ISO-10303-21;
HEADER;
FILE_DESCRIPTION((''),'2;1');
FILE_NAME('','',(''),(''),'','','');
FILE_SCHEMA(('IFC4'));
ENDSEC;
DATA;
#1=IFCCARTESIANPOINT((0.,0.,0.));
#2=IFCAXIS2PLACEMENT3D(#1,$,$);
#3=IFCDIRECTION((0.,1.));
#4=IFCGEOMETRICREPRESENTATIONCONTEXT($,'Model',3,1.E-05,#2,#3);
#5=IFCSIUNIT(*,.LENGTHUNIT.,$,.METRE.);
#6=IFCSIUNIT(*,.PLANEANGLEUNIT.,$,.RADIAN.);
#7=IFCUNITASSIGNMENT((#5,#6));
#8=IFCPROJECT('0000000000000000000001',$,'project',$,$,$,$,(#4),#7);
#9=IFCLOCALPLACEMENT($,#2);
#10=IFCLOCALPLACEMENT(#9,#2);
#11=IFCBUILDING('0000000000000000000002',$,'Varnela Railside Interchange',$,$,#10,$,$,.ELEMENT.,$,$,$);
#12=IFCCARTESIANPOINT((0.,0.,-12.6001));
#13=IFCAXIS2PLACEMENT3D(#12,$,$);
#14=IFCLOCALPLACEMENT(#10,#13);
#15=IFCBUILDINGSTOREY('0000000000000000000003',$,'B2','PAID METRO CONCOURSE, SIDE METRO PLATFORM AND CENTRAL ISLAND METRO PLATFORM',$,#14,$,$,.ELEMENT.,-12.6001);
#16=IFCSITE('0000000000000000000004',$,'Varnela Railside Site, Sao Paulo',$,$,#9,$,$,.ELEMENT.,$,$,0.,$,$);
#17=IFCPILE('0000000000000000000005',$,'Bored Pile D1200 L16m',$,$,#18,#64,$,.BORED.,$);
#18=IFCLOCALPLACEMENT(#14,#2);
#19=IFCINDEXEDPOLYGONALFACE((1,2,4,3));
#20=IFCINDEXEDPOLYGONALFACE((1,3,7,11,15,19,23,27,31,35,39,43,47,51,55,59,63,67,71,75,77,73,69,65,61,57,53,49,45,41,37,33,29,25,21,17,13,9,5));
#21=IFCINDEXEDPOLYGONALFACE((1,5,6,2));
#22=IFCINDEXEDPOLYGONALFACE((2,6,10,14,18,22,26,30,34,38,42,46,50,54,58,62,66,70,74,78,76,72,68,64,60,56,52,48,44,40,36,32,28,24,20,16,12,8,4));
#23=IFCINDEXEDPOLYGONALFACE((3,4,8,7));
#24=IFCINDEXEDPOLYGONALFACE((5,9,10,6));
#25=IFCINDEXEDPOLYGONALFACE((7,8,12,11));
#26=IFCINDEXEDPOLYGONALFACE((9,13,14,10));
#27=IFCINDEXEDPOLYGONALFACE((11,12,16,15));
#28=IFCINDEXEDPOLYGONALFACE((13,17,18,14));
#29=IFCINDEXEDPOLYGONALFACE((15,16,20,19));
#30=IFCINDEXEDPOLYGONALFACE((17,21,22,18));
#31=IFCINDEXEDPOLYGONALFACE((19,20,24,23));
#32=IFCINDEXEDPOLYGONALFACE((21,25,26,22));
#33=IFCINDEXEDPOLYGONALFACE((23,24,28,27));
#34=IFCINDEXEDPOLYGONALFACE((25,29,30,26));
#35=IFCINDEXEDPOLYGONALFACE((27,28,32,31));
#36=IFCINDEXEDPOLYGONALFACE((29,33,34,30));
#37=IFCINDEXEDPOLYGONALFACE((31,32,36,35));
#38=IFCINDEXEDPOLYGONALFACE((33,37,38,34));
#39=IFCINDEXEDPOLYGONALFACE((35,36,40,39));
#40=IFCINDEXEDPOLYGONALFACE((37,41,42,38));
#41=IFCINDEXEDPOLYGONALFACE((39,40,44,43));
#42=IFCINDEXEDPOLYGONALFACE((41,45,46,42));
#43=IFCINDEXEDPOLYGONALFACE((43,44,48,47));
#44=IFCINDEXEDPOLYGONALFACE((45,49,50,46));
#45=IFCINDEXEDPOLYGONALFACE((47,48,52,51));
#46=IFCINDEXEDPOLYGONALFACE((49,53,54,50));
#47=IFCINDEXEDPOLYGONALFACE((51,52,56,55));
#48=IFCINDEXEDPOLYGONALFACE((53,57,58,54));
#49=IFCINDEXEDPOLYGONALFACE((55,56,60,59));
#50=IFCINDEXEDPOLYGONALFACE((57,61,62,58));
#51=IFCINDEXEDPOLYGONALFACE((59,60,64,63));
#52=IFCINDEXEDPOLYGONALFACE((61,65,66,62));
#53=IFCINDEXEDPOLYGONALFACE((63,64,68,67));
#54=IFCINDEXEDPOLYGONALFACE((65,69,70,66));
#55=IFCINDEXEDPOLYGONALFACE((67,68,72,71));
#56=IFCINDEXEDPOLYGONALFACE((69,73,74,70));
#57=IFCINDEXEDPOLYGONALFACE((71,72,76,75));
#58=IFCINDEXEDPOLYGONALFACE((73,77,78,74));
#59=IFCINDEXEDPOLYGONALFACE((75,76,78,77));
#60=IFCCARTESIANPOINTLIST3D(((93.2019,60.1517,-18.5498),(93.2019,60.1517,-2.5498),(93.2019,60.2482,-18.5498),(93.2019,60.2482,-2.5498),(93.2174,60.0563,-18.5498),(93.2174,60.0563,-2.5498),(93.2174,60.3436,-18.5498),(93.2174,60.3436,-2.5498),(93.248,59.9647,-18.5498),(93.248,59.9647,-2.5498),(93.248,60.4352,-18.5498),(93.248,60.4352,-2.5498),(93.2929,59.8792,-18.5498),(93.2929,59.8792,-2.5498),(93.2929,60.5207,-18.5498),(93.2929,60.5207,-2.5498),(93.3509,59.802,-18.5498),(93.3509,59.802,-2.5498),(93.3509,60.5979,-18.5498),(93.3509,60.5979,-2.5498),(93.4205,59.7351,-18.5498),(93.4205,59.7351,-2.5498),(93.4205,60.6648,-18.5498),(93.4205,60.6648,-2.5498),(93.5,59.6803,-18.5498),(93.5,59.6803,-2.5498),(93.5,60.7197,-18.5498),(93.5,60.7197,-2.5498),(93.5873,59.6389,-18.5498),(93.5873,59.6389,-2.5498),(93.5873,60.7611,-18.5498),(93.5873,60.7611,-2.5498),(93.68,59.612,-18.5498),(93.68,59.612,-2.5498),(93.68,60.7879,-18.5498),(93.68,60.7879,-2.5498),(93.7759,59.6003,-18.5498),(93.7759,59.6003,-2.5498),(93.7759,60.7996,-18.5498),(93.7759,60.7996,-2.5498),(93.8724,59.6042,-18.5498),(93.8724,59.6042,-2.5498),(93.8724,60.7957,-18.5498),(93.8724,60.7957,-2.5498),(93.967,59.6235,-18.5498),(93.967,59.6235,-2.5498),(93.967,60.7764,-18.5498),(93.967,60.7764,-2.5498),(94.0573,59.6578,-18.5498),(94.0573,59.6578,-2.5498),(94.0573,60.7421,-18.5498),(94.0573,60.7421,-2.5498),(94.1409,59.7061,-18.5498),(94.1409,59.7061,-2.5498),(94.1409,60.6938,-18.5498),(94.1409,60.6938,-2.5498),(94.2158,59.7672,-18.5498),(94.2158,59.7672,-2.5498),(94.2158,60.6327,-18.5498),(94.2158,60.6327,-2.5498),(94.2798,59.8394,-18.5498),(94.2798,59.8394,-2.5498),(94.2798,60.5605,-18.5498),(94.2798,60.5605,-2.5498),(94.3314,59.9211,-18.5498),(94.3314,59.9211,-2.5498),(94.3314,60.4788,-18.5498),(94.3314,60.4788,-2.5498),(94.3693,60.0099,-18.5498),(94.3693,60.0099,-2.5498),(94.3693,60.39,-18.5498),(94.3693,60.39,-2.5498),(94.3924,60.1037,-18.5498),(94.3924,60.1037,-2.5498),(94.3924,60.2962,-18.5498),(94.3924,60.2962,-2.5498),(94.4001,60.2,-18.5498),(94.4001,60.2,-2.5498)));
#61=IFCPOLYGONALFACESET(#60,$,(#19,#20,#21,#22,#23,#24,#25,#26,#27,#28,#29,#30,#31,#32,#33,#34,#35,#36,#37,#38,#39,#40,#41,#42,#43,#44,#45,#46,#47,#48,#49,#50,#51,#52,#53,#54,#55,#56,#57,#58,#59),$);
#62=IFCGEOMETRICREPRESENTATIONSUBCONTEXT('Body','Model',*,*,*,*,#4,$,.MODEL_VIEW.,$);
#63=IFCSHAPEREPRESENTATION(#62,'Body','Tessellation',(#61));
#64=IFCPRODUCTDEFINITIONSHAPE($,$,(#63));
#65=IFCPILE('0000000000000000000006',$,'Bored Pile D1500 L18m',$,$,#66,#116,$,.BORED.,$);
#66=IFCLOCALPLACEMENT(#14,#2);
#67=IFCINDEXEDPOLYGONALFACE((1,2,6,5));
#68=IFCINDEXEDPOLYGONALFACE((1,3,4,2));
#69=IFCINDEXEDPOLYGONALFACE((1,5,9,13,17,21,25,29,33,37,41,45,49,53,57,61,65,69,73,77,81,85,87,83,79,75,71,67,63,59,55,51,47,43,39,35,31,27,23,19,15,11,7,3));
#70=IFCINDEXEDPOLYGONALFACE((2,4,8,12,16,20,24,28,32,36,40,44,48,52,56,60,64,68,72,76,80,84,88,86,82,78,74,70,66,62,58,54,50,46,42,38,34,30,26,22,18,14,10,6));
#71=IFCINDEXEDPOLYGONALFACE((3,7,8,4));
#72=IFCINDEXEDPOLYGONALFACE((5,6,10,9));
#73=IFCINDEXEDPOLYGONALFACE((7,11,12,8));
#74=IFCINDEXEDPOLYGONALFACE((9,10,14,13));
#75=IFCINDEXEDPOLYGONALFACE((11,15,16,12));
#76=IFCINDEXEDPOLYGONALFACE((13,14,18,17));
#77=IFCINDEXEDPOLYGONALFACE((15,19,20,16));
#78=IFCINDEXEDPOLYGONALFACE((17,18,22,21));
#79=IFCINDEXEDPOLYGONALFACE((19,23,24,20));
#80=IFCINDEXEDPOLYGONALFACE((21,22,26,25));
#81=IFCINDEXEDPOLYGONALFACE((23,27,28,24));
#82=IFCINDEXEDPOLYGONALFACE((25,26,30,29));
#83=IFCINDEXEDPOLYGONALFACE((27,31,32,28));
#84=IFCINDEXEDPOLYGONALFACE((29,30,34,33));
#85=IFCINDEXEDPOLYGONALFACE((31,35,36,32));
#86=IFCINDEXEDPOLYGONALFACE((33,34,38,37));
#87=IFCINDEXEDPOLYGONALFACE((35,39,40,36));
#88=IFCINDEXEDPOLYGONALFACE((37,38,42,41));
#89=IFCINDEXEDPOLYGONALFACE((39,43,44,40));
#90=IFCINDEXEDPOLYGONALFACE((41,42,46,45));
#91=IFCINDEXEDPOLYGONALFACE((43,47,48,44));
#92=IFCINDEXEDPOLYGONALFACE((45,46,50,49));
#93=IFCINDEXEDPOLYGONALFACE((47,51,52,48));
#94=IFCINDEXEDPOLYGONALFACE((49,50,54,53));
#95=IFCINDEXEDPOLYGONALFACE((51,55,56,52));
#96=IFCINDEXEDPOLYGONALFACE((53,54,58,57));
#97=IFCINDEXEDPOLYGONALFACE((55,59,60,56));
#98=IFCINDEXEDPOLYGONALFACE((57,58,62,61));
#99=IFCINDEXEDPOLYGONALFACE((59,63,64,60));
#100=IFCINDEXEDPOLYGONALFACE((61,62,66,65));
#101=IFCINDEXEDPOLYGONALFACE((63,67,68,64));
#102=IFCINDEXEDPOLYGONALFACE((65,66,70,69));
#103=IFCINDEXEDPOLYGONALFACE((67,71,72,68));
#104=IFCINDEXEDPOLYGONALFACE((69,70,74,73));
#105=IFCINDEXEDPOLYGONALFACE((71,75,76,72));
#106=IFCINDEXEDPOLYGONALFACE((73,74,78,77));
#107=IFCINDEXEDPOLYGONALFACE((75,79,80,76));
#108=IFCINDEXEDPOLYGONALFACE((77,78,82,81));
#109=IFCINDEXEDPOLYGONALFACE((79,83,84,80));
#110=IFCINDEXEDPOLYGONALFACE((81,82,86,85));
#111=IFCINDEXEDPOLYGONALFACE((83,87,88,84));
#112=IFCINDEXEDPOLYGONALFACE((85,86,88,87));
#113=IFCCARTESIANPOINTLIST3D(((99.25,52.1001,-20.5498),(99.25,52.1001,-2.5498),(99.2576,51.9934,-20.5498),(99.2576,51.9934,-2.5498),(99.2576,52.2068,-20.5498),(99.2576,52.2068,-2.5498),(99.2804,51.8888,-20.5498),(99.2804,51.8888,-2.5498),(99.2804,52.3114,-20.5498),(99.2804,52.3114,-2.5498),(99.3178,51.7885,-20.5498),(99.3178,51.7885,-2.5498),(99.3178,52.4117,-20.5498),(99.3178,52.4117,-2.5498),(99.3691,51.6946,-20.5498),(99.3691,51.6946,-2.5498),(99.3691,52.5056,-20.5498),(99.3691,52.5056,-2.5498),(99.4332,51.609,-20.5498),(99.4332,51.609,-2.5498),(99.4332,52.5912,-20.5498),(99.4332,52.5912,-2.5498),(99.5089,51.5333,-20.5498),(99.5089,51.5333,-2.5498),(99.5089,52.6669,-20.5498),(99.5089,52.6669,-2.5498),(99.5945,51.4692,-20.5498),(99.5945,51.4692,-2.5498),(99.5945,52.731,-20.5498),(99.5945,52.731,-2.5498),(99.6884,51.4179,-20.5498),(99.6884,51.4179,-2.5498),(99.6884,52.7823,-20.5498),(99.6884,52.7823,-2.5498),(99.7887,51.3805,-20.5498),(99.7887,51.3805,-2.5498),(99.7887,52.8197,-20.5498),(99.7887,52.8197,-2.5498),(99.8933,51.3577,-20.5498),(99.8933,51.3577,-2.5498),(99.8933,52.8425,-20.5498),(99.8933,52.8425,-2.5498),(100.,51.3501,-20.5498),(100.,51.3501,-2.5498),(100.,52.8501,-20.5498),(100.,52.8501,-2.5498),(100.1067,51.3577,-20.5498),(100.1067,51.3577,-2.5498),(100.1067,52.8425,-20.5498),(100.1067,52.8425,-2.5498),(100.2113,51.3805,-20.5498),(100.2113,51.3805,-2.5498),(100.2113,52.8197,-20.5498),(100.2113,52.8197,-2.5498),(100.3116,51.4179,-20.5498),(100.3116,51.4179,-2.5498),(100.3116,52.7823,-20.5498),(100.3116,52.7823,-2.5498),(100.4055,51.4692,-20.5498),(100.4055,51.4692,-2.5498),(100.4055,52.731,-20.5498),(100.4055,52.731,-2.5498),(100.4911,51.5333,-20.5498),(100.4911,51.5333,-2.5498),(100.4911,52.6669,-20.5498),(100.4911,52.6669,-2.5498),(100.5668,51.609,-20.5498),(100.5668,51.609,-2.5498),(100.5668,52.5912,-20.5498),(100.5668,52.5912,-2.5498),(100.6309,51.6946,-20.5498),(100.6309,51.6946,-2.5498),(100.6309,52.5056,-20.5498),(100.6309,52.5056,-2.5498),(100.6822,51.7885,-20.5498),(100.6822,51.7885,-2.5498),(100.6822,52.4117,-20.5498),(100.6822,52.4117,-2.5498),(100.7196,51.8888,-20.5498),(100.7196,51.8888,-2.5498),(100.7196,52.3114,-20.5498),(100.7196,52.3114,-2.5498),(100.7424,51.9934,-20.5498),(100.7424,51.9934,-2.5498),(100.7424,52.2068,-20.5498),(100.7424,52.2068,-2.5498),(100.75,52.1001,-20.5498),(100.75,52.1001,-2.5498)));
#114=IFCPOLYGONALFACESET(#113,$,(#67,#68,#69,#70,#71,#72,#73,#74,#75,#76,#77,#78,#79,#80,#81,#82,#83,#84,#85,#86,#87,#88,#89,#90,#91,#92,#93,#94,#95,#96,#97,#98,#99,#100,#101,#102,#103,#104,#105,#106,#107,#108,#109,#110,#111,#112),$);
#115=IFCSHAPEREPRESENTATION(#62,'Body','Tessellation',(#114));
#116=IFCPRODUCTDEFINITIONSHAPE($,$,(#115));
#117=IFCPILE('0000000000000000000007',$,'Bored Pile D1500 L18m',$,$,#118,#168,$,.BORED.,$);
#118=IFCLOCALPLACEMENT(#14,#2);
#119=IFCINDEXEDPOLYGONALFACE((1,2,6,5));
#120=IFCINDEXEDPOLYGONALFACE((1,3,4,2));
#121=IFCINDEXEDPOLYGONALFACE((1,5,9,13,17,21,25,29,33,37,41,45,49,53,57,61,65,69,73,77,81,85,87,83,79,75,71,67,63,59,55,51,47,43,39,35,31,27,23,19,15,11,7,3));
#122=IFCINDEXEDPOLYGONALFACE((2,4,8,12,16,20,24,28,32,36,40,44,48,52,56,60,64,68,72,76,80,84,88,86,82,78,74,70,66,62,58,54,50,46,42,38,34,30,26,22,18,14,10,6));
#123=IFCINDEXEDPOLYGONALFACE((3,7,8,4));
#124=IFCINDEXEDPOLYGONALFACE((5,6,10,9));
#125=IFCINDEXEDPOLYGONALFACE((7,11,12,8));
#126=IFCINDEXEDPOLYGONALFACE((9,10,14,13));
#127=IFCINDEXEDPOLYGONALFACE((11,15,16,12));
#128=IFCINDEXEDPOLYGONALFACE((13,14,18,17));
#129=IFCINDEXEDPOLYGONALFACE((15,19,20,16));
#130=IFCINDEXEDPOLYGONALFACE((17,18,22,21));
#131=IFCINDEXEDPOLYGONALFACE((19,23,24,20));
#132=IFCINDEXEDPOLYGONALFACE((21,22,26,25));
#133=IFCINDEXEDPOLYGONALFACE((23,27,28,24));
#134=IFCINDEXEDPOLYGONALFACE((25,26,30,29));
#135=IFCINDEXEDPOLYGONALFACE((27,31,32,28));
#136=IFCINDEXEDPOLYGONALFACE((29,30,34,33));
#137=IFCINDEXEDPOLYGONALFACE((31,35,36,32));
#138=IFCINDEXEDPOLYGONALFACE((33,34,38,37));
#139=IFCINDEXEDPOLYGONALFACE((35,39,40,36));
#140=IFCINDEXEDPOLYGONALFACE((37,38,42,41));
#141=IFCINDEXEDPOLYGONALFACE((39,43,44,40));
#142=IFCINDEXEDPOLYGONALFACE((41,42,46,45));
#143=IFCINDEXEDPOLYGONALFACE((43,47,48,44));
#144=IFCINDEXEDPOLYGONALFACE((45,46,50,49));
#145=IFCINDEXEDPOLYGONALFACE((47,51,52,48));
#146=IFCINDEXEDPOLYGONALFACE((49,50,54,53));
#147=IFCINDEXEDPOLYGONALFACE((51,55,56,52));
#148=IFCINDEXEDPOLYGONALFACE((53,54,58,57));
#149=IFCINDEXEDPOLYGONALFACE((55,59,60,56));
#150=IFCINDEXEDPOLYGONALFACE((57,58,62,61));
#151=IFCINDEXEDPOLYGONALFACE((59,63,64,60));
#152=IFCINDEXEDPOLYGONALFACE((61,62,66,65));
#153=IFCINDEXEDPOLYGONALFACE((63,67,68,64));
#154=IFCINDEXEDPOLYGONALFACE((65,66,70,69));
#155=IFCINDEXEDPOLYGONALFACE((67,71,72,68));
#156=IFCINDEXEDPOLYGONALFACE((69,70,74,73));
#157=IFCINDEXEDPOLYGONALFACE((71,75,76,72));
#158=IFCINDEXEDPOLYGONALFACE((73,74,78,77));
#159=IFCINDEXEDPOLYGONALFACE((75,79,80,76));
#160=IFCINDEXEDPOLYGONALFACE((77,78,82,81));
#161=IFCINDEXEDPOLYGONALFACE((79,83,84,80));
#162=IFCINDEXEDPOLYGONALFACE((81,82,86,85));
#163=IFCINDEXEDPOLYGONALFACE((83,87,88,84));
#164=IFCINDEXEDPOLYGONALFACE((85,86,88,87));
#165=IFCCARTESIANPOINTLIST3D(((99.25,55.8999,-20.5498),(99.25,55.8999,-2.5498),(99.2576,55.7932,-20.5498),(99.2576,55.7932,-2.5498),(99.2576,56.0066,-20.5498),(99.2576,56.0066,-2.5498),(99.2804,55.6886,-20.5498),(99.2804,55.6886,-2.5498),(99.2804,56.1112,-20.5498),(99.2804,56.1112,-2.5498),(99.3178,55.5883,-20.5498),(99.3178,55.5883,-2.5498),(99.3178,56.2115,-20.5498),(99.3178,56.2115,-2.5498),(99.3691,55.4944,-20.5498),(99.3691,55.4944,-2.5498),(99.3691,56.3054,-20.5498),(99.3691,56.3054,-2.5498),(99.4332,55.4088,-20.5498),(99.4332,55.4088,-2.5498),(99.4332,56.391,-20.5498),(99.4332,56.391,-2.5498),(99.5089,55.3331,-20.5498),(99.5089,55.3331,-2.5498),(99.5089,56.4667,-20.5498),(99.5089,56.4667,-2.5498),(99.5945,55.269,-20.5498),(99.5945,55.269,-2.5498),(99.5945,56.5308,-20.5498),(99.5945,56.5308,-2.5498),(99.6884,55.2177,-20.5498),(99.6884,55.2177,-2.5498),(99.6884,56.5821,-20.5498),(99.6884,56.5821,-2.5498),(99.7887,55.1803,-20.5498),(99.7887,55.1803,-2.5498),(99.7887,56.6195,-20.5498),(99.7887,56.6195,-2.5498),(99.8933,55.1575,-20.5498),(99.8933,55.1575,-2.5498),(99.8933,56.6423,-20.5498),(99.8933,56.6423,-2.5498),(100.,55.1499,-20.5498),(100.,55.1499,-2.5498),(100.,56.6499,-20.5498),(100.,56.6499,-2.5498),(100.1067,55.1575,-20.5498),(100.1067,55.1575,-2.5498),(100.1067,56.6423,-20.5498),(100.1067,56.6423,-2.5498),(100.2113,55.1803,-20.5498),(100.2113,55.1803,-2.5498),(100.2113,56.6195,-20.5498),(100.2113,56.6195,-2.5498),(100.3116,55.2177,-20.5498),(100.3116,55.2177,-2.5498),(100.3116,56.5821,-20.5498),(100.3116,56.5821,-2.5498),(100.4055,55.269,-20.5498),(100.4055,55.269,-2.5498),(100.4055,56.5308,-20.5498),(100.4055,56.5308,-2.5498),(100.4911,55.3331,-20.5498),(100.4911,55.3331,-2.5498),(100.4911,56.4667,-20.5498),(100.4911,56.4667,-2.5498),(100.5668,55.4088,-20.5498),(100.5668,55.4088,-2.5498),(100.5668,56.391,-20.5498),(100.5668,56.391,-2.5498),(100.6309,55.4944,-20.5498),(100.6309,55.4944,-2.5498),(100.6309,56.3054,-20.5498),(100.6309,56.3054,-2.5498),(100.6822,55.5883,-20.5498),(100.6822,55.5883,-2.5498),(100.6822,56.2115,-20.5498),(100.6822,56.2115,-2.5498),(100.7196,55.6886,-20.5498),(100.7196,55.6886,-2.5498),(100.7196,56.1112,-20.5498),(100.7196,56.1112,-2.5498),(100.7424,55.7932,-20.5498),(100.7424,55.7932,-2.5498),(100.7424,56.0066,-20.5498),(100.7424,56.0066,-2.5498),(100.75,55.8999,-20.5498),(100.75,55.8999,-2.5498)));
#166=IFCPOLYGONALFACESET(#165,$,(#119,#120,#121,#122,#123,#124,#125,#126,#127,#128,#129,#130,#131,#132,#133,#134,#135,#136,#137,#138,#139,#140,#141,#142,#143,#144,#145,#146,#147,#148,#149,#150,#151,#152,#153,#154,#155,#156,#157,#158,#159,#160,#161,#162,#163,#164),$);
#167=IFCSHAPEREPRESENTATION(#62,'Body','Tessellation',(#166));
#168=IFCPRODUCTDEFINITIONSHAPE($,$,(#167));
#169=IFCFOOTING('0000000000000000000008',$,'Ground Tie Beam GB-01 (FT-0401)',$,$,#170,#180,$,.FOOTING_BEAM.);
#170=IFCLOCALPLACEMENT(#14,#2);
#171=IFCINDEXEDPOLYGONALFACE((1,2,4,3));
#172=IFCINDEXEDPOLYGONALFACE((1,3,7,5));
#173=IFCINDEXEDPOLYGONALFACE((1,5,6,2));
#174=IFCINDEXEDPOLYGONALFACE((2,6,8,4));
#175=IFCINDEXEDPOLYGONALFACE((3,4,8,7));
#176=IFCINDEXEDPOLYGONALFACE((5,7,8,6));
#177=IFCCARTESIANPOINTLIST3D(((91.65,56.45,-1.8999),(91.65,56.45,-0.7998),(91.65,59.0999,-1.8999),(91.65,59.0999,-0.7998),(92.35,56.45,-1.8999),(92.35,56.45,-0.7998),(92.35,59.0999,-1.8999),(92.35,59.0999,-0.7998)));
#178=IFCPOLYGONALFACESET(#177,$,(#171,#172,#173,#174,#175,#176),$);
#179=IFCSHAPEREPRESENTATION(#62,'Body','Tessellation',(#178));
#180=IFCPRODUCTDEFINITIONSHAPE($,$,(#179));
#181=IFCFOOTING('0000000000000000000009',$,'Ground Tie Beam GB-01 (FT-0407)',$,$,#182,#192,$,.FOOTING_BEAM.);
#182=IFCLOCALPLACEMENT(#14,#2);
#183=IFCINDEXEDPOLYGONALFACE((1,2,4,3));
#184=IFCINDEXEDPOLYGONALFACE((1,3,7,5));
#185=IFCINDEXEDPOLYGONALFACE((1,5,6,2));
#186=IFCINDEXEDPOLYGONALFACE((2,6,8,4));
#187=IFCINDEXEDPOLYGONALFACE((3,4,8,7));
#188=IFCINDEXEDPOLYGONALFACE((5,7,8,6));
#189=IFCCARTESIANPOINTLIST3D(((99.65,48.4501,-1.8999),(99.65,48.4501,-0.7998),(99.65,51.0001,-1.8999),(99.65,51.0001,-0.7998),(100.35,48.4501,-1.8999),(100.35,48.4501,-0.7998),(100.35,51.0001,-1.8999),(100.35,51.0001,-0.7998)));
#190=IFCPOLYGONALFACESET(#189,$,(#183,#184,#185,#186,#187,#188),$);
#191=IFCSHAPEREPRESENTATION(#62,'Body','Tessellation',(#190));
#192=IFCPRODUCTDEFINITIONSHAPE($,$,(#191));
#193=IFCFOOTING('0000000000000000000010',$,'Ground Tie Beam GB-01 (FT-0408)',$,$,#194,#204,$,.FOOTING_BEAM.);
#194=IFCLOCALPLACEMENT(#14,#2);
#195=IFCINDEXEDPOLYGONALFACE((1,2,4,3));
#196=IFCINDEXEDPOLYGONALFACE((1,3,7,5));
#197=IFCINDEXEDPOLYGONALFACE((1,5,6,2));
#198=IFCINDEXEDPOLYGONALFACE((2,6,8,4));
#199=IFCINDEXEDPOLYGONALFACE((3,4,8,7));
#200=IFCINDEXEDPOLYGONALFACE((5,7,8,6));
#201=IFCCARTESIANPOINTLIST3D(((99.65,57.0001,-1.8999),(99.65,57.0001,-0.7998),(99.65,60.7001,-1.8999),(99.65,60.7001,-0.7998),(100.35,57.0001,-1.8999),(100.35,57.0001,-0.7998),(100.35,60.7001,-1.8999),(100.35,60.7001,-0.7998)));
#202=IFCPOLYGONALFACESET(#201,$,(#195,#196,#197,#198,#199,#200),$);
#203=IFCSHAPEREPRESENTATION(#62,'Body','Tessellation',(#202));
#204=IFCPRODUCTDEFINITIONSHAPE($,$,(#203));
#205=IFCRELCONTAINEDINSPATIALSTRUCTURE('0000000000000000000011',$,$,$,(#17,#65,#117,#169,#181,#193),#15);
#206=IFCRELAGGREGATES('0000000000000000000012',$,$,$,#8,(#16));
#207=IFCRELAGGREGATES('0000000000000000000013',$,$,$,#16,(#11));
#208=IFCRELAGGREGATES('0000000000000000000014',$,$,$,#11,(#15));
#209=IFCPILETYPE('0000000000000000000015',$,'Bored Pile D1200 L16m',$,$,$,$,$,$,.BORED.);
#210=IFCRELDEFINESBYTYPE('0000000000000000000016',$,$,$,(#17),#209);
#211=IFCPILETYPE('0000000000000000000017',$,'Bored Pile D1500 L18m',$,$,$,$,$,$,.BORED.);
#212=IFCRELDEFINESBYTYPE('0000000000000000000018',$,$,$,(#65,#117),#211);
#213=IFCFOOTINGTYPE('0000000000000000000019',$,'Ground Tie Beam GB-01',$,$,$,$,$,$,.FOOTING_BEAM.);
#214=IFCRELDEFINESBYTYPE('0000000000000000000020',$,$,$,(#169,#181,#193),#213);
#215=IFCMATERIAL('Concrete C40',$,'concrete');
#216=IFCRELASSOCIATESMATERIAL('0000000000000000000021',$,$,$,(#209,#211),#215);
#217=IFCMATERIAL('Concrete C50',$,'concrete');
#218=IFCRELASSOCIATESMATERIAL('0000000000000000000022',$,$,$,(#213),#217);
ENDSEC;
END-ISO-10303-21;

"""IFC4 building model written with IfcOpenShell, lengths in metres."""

from ifc_helpers import new_model, si_unit, direction, frame, origin, origin_2d, place, context, subcontext, project, spatial, rectangle, circle, extrude, material, material_profile, profile_set, type_object, element, save


model = new_model("IFC4")

# Units and contexts
model_context = context("Model", 3, precision=1e-05, world=origin(), true_north=direction((0.0, 1.0)))
body_context = subcontext(model_context, "Body", "Model", "MODEL_VIEW")
ifc_project = project(units=[si_unit("LENGTHUNIT", "METRE"), si_unit("PLANEANGLEUNIT", "RADIAN")], contexts=[model_context])

# Site, building, storey
site_placement = place(None, origin())
site = spatial("IfcSite", under=ifc_project, at=site_placement, Name="Varnela Railside Site, Sao Paulo", CompositionType="ELEMENT", RefElevation=0.0)
building_placement = place(site_placement, origin())
building = spatial("IfcBuilding", under=site, at=building_placement, Name="Varnela Railside Interchange", CompositionType="ELEMENT")
storey_placement = place(building_placement, frame((0.0, 0.0, -12.6001)))
storey = spatial("IfcBuildingStorey", under=building, at=storey_placement, Name="B2", Description="PAID METRO CONCOURSE, SIDE METRO PLATFORM AND CENTRAL ISLAND METRO PLATFORM", CompositionType="ELEMENT", Elevation=-12.6001)

# Piles
ifc_material_1 = material(Name="Concrete C40", Category="concrete")
ifc_material_profile_1 = material_profile(ifc_material_1, circle(Radius=0.6001, at=origin_2d()), Name="BORED PILE D1200")
ifc_profile_set_1 = profile_set([ifc_material_profile_1], Name="Concrete C40")
pile_type_1 = type_object("IfcPileType", Name="Bored Pile D1200 L16m", PredefinedType="BORED", material=ifc_profile_set_1)
pile_placement = place(storey_placement, frame((93.8, 60.2, -2.5498), z_axis=(0.0, 0.0, -1.0), x_axis=(1.0, 0.0, 0.0)))
element("IfcPile", 1, at=pile_placement, inside=storey, type_object=pile_type_1, Name="Bored Pile D1200 L16m", PredefinedType="BORED", context=body_context, shape_type="SweptSolid", body=[
    extrude(circle(Radius=0.6001, at=origin_2d()), origin(), (0.0, 0.0, 1.0), 16.0),
])
ifc_material_profile_2 = material_profile(ifc_material_1, circle(Radius=0.75, at=origin_2d()), Name="BORED PILE D1500")
ifc_profile_set_2 = profile_set([ifc_material_profile_2], Name="Concrete C40")
pile_type_2 = type_object("IfcPileType", Name="Bored Pile D1500 L18m", PredefinedType="BORED", material=ifc_profile_set_2)
for number, where, z_axis, x_axis, name in (
    (2, (100.0, 52.1001, -2.5498), (0.0, 0.0, -1.0), (1.0, 0.0, 0.0), "Bored Pile D1500 L18m"),
    (3, (100.0, 55.8999, -2.5498), (0.0, 0.0, -1.0), (1.0, 0.0, 0.0), "Bored Pile D1500 L18m"),
):
    element("IfcPile", number, at=place(storey_placement, frame(where, z_axis=z_axis, x_axis=x_axis)), inside=storey, type_object=pile_type_2, Name=name, PredefinedType="BORED", context=body_context, shape_type="SweptSolid", body=[
        extrude(circle(Radius=0.75, at=origin_2d()), origin(), (0.0, 0.0, 1.0), 18.0),
    ])

# Footings
ifc_material_2 = material(Name="Concrete C50", Category="concrete")
footing_type_1 = type_object("IfcFootingType", Name="Ground Tie Beam GB-01", PredefinedType="FOOTING_BEAM", material=ifc_material_2)
footing_1_placement = place(storey_placement, frame((92.0, 57.7749, -1.8999), z_axis=(0.0, 0.0, 1.0), x_axis=(1.0, 0.0, 0.0)))
element("IfcFooting", 4, at=footing_1_placement, inside=storey, type_object=footing_type_1, Name="Ground Tie Beam GB-01 (FT-0401)", PredefinedType="FOOTING_BEAM", context=body_context, shape_type="SweptSolid", body=[
    extrude(rectangle(XDim=0.7, YDim=2.6499, at=origin_2d()), origin(), (0.0, 0.0, 1.0), 1.1001),
])
footing_2_placement = place(storey_placement, frame((100.0, 49.7251, -1.8999), z_axis=(0.0, 0.0, 1.0), x_axis=(1.0, 0.0, 0.0)))
element("IfcFooting", 5, at=footing_2_placement, inside=storey, type_object=footing_type_1, Name="Ground Tie Beam GB-01 (FT-0407)", PredefinedType="FOOTING_BEAM", context=body_context, shape_type="SweptSolid", body=[
    extrude(rectangle(XDim=0.7, YDim=2.55, at=origin_2d()), origin(), (0.0, 0.0, 1.0), 1.1001),
])
footing_3_placement = place(storey_placement, frame((100.0, 58.8501, -1.8999), z_axis=(0.0, 0.0, 1.0), x_axis=(1.0, 0.0, 0.0)))
element("IfcFooting", 6, at=footing_3_placement, inside=storey, type_object=footing_type_1, Name="Ground Tie Beam GB-01 (FT-0408)", PredefinedType="FOOTING_BEAM", context=body_context, shape_type="SweptSolid", body=[
    extrude(rectangle(XDim=0.7, YDim=3.7, at=origin_2d()), origin(), (0.0, 0.0, 1.0), 1.1001),
])

save(model, "model.ifc")
